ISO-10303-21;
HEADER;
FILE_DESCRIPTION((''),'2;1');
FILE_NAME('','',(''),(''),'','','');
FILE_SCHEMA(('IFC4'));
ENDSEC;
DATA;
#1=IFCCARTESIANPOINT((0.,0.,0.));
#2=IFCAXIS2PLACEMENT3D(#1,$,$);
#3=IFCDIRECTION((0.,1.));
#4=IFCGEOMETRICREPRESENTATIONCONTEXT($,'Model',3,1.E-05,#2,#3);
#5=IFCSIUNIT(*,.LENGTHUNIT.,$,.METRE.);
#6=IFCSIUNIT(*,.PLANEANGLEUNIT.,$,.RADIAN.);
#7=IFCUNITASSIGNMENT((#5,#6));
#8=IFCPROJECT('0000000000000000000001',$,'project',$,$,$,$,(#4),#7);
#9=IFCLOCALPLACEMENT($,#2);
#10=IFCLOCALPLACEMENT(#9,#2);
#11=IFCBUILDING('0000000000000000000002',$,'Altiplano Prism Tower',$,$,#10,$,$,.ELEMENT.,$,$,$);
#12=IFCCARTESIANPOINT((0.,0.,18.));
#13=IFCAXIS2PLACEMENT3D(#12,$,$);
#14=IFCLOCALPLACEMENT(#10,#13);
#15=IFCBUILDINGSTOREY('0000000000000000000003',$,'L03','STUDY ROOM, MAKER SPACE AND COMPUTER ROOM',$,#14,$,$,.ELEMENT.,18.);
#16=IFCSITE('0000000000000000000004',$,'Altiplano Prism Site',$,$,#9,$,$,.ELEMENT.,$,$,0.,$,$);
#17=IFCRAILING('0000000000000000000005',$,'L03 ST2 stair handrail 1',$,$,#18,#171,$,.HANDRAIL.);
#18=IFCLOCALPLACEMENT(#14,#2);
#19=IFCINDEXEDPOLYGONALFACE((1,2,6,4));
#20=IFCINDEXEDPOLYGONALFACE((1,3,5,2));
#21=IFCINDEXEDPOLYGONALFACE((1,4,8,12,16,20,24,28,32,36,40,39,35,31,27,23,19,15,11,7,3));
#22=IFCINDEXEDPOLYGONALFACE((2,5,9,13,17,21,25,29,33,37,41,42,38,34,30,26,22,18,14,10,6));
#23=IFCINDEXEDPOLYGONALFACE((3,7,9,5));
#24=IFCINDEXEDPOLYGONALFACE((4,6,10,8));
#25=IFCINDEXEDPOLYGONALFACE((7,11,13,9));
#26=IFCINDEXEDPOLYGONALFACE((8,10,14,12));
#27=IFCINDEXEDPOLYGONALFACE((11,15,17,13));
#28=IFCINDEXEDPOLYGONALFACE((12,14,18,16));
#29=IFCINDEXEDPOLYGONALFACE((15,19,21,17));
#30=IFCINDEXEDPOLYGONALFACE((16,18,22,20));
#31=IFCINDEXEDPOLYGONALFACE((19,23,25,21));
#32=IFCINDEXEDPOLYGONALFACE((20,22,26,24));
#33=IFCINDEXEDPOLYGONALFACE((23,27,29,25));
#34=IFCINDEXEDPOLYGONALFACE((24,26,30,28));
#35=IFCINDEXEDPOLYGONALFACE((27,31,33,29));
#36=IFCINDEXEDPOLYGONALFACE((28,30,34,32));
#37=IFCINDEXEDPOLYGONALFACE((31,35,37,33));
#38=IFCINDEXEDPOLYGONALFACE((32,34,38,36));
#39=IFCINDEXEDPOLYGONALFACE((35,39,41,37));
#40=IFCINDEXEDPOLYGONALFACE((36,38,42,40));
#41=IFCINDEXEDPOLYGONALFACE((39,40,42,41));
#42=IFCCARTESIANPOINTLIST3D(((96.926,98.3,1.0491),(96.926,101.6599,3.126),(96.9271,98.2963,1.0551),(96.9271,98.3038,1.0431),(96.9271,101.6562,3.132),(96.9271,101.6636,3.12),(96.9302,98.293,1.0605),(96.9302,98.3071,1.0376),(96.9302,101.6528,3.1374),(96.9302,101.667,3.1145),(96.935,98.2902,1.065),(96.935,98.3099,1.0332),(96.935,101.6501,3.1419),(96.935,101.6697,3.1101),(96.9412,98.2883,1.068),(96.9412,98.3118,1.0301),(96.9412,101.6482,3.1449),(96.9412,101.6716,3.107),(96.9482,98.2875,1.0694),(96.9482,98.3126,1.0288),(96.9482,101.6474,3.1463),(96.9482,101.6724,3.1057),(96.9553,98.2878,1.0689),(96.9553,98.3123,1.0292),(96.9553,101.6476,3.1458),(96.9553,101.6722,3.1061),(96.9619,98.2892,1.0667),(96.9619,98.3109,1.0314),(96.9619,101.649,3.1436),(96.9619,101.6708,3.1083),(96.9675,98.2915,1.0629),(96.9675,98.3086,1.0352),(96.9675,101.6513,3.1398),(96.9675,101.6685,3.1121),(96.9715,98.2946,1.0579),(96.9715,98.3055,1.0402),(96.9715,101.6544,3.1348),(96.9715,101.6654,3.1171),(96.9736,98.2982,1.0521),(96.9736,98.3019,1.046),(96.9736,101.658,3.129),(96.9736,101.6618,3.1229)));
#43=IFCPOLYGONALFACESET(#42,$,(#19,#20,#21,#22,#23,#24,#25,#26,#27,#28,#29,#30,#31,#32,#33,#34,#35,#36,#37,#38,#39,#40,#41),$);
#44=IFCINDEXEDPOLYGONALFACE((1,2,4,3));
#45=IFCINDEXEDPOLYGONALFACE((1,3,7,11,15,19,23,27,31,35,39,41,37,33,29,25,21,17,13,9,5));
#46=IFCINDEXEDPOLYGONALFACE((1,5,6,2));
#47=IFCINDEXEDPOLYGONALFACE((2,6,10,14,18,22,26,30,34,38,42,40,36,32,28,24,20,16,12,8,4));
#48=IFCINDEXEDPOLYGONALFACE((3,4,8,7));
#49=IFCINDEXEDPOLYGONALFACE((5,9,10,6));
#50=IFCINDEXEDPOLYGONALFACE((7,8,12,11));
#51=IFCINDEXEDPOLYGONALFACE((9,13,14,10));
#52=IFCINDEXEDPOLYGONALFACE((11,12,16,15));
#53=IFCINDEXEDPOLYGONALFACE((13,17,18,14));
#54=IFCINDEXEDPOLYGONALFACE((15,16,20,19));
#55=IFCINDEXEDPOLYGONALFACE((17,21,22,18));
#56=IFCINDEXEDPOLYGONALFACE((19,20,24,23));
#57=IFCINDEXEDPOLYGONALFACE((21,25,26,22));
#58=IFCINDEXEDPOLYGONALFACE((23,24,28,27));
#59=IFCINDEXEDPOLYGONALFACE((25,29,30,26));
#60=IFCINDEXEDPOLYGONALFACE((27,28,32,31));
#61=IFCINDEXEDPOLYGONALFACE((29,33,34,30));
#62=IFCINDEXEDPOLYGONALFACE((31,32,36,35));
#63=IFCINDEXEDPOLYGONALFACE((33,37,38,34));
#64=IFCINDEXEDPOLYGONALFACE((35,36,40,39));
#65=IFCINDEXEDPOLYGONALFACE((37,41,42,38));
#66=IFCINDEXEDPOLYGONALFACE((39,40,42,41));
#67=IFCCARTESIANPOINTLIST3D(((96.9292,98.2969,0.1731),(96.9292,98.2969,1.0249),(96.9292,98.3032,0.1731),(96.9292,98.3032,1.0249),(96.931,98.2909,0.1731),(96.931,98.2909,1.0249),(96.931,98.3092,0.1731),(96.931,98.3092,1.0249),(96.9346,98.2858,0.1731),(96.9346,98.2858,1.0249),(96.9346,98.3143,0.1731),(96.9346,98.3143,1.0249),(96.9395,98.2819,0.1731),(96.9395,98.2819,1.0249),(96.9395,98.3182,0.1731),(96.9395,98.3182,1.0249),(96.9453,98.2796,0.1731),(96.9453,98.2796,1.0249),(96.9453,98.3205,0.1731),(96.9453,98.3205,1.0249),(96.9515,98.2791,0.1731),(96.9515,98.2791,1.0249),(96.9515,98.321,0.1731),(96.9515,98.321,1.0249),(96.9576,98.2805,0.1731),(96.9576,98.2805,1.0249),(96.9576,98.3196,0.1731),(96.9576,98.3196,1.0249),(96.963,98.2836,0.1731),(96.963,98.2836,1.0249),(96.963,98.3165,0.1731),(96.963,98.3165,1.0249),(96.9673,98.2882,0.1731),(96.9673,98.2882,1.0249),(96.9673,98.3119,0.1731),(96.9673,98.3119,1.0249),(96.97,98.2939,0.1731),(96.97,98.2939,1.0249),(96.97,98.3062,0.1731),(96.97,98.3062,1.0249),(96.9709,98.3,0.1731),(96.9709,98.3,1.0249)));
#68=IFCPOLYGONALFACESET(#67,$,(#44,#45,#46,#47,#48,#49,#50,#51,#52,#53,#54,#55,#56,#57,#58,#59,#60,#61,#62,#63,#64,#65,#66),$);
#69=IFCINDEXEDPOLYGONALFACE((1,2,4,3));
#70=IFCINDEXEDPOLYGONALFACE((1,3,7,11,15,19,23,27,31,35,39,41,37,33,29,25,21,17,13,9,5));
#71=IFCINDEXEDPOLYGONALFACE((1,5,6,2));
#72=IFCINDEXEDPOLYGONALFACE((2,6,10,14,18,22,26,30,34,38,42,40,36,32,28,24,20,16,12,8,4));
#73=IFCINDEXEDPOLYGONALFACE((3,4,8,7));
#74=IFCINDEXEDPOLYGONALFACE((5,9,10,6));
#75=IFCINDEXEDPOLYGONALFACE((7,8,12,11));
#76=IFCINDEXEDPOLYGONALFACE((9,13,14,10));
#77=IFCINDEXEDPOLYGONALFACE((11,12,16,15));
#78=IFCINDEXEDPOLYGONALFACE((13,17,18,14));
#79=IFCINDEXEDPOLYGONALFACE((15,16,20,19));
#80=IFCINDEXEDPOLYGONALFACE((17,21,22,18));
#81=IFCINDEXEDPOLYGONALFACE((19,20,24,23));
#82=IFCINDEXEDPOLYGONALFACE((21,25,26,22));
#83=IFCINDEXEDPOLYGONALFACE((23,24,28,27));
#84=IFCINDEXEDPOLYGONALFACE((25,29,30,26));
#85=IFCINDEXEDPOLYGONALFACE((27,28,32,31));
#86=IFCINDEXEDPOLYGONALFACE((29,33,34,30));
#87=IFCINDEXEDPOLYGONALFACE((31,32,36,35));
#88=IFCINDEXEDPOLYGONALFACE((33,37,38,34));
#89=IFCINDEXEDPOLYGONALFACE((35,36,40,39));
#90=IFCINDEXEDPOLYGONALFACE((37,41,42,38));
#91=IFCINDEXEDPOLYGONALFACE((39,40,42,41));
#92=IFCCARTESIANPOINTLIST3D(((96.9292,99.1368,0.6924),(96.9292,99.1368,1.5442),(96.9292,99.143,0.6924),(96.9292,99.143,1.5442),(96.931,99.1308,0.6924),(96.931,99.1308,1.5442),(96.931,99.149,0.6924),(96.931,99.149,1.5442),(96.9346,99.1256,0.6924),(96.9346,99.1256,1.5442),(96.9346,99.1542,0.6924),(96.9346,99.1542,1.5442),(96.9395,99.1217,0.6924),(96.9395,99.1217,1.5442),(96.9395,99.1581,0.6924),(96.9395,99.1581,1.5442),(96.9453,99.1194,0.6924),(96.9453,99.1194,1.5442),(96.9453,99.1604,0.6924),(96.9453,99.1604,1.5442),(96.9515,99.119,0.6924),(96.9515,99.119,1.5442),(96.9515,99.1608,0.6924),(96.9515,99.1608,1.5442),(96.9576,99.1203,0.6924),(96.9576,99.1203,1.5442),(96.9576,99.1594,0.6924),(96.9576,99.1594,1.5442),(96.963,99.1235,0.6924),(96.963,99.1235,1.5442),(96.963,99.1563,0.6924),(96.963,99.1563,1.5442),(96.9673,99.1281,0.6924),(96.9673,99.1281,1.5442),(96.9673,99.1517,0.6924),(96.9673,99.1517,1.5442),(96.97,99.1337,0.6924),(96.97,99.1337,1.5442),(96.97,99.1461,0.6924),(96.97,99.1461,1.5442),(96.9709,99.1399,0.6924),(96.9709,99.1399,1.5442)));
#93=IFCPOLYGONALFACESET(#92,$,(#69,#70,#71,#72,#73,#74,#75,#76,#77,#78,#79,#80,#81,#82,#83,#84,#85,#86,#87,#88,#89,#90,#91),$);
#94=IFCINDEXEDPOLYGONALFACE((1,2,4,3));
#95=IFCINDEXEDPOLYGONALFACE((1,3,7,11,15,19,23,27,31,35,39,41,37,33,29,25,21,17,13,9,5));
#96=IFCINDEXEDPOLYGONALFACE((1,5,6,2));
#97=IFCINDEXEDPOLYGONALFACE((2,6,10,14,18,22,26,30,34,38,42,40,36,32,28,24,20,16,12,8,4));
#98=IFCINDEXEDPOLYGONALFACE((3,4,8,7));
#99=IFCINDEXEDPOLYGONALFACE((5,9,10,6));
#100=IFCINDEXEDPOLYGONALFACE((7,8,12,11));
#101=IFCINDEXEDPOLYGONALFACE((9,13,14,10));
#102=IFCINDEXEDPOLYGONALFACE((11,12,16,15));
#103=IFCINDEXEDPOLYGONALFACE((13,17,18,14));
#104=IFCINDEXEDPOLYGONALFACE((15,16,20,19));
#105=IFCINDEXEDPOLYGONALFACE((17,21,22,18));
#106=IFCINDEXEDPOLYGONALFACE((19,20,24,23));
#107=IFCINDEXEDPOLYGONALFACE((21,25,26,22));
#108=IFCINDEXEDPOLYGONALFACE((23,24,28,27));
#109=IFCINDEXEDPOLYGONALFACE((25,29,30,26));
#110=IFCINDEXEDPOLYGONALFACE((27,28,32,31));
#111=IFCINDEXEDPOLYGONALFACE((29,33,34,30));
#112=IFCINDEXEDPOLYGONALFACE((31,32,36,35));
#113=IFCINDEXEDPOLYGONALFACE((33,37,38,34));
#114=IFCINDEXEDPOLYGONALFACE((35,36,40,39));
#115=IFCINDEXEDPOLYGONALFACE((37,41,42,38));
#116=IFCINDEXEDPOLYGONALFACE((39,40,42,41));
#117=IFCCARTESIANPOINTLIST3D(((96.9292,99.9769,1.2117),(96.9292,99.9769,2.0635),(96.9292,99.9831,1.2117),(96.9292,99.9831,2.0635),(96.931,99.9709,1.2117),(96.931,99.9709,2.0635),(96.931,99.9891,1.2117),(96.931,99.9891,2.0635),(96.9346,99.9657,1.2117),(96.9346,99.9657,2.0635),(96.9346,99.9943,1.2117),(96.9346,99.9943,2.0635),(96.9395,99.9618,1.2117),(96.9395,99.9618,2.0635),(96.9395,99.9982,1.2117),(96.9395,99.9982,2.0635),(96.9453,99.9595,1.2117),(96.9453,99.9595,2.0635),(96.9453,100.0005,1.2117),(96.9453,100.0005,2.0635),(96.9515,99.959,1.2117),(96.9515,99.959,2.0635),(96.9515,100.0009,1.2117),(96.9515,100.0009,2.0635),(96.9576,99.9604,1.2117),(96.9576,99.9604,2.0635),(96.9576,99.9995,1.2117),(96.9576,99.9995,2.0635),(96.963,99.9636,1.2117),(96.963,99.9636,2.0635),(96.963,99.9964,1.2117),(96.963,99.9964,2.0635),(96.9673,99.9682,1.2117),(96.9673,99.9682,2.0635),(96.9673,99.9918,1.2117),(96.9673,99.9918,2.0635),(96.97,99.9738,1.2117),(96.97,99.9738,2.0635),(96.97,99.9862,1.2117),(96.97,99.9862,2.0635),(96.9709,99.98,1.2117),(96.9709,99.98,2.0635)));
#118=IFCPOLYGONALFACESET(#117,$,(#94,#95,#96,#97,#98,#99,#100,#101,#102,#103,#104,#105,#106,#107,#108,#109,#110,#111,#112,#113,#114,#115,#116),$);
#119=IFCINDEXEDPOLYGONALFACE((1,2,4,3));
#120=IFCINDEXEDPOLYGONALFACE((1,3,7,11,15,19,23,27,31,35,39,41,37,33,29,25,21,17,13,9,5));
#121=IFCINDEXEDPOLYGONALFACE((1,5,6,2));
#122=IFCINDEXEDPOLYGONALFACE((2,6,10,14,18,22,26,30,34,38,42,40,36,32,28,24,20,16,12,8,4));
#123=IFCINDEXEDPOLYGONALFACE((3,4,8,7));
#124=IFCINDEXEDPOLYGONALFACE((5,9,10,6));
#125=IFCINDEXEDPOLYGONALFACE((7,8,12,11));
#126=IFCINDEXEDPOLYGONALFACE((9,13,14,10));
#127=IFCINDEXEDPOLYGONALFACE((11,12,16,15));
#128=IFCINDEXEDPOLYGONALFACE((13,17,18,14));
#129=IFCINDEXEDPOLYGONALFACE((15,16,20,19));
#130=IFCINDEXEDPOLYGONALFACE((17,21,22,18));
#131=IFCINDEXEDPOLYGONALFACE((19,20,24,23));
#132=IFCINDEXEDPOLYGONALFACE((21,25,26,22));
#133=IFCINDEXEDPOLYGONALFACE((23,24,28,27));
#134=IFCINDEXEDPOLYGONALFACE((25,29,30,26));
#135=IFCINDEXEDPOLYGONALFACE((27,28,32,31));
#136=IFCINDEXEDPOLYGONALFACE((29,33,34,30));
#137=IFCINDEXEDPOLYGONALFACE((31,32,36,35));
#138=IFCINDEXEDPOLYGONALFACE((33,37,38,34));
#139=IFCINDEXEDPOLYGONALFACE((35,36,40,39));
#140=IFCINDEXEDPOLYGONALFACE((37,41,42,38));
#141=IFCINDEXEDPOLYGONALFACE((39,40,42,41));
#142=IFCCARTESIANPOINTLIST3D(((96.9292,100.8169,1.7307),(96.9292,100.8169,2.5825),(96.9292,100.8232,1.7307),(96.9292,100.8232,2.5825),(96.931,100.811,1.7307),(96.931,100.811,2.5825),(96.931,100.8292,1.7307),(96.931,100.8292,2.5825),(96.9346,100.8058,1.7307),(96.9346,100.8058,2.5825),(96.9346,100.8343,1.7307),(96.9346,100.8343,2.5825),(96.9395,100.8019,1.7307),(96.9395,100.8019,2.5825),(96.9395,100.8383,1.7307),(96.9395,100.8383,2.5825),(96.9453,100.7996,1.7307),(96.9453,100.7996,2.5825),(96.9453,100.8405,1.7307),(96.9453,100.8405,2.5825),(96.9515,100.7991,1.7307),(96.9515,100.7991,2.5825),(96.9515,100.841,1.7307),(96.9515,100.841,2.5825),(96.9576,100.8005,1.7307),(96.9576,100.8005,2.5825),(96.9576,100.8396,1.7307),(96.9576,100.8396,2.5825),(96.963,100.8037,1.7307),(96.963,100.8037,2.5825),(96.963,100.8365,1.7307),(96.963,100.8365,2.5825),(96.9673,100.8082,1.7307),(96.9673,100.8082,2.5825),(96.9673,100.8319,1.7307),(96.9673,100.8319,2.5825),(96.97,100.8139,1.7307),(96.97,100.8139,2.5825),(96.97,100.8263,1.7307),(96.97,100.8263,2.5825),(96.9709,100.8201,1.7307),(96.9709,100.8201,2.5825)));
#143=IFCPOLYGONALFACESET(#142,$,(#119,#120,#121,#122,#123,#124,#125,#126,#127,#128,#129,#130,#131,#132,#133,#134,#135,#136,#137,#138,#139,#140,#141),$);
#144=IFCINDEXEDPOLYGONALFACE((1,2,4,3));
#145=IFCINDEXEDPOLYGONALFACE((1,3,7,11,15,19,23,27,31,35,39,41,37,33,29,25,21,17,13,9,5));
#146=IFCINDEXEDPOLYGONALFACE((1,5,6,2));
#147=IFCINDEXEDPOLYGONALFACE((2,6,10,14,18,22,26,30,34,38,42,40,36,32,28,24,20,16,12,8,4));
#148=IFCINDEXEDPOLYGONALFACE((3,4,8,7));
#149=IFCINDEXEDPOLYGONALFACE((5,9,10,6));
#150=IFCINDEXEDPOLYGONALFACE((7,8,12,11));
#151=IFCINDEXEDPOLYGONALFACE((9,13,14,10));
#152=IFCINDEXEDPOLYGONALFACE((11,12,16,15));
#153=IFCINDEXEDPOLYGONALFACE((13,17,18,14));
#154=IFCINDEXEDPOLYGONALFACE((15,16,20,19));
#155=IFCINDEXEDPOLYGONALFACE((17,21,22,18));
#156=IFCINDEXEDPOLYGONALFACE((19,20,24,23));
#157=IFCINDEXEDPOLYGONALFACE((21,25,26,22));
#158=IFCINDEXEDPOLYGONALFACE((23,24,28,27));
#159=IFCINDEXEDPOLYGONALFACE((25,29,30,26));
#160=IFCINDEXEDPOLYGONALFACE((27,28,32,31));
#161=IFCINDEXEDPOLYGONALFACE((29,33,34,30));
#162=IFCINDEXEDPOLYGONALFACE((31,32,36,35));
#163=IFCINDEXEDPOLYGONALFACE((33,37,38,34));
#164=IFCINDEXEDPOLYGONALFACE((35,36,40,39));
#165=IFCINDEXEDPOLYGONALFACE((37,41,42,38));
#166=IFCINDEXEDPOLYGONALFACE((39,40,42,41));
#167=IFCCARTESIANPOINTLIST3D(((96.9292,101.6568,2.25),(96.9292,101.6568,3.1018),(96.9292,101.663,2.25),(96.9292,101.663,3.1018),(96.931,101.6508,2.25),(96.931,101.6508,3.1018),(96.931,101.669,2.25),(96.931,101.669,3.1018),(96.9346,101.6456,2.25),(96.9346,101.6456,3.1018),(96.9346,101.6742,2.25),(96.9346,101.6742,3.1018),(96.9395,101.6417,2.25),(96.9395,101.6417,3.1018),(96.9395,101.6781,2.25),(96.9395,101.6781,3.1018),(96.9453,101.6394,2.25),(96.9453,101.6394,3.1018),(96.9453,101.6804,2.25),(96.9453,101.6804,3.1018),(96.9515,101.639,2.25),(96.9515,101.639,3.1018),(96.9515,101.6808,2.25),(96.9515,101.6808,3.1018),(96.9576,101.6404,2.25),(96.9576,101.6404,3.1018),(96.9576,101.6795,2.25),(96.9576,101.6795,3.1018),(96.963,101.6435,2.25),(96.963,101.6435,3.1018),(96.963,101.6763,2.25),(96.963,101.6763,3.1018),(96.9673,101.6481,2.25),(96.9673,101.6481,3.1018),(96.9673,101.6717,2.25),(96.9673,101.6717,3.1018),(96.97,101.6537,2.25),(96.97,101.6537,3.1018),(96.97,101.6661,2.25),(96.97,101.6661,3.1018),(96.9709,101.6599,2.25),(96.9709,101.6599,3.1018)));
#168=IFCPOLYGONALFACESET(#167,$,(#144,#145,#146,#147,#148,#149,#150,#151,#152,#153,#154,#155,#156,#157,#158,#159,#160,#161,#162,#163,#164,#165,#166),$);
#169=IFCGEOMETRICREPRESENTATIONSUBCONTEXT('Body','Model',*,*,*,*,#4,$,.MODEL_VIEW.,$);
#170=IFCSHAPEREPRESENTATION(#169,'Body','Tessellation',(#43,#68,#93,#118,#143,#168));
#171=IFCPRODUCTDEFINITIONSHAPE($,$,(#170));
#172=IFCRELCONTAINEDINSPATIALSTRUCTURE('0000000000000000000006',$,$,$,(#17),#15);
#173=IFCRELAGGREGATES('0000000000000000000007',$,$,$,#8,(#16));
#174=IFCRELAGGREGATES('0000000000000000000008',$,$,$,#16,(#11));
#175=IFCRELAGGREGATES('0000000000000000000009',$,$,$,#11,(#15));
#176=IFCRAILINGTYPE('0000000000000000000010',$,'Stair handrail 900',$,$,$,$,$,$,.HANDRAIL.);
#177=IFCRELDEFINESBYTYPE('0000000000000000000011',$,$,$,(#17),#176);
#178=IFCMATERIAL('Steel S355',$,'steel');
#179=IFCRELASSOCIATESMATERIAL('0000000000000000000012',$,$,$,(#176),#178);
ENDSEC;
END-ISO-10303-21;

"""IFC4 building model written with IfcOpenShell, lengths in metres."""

from ifc_helpers import new_model, si_unit, direction, frame, origin, origin_2d, place, context, subcontext, project, spatial, circle, extrude, material, type_object, element, save


model = new_model("IFC4")

# Units and contexts
model_context = context("Model", 3, precision=1e-05, world=origin(), true_north=direction((0.0, 1.0)))
body_context = subcontext(model_context, "Body", "Model", "MODEL_VIEW")
ifc_project = project(units=[si_unit("LENGTHUNIT", "METRE"), si_unit("PLANEANGLEUNIT", "RADIAN")], contexts=[model_context])

# Site, building, storey
site_placement = place(None, origin())
site = spatial("IfcSite", under=ifc_project, at=site_placement, Name="Altiplano Prism Site", CompositionType="ELEMENT", RefElevation=0.0)
building_placement = place(site_placement, origin())
building = spatial("IfcBuilding", under=site, at=building_placement, Name="Altiplano Prism Tower", CompositionType="ELEMENT")
storey_placement = place(building_placement, frame((0.0, 0.0, 18.0)))
storey = spatial("IfcBuildingStorey", under=building, at=storey_placement, Name="L03", Description="STUDY ROOM, MAKER SPACE AND COMPUTER ROOM", CompositionType="ELEMENT", Elevation=18.0)

# Railing
ifc_material_1 = material(Name="Steel S355", Category="steel")
railing_type_1 = type_object("IfcRailingType", Name="Stair handrail 900", PredefinedType="HANDRAIL", material=ifc_material_1)
railing_1_placement = place(storey_placement, frame((96.95, 98.3, 0.1731)))
element("IfcRailing", 1, at=railing_1_placement, inside=storey, type_object=railing_type_1, Name="L03 ST2 stair handrail 1", PredefinedType="HANDRAIL", context=body_context, shape_type="SweptSolid", body=[
    extrude(circle(Radius=0.0239, at=origin_2d()), frame((0.0, 0.0, 0.876), z_axis=(0.0, 0.850606, 0.525803), x_axis=(-1.0, 0.0, 0.0)), (0.0, 0.0, 1.0), 3.95),
    extrude(circle(Radius=0.021, at=origin_2d()), origin(), (0.0, 0.0, 1.0), 0.8518),
    extrude(circle(Radius=0.021, at=origin_2d()), frame((0.0, 0.8398, 0.5193)), (0.0, 0.0, 1.0), 0.8518),
    extrude(circle(Radius=0.021, at=origin_2d()), frame((0.0, 1.6799, 1.0386)), (0.0, 0.0, 1.0), 0.8518),
    extrude(circle(Radius=0.021, at=origin_2d()), frame((0.0, 2.52, 1.5576)), (0.0, 0.0, 1.0), 0.8518),
    extrude(circle(Radius=0.021, at=origin_2d()), frame((0.0, 3.3599, 2.0769)), (0.0, 0.0, 1.0), 0.8518),
])

save(model, "model.ifc")
